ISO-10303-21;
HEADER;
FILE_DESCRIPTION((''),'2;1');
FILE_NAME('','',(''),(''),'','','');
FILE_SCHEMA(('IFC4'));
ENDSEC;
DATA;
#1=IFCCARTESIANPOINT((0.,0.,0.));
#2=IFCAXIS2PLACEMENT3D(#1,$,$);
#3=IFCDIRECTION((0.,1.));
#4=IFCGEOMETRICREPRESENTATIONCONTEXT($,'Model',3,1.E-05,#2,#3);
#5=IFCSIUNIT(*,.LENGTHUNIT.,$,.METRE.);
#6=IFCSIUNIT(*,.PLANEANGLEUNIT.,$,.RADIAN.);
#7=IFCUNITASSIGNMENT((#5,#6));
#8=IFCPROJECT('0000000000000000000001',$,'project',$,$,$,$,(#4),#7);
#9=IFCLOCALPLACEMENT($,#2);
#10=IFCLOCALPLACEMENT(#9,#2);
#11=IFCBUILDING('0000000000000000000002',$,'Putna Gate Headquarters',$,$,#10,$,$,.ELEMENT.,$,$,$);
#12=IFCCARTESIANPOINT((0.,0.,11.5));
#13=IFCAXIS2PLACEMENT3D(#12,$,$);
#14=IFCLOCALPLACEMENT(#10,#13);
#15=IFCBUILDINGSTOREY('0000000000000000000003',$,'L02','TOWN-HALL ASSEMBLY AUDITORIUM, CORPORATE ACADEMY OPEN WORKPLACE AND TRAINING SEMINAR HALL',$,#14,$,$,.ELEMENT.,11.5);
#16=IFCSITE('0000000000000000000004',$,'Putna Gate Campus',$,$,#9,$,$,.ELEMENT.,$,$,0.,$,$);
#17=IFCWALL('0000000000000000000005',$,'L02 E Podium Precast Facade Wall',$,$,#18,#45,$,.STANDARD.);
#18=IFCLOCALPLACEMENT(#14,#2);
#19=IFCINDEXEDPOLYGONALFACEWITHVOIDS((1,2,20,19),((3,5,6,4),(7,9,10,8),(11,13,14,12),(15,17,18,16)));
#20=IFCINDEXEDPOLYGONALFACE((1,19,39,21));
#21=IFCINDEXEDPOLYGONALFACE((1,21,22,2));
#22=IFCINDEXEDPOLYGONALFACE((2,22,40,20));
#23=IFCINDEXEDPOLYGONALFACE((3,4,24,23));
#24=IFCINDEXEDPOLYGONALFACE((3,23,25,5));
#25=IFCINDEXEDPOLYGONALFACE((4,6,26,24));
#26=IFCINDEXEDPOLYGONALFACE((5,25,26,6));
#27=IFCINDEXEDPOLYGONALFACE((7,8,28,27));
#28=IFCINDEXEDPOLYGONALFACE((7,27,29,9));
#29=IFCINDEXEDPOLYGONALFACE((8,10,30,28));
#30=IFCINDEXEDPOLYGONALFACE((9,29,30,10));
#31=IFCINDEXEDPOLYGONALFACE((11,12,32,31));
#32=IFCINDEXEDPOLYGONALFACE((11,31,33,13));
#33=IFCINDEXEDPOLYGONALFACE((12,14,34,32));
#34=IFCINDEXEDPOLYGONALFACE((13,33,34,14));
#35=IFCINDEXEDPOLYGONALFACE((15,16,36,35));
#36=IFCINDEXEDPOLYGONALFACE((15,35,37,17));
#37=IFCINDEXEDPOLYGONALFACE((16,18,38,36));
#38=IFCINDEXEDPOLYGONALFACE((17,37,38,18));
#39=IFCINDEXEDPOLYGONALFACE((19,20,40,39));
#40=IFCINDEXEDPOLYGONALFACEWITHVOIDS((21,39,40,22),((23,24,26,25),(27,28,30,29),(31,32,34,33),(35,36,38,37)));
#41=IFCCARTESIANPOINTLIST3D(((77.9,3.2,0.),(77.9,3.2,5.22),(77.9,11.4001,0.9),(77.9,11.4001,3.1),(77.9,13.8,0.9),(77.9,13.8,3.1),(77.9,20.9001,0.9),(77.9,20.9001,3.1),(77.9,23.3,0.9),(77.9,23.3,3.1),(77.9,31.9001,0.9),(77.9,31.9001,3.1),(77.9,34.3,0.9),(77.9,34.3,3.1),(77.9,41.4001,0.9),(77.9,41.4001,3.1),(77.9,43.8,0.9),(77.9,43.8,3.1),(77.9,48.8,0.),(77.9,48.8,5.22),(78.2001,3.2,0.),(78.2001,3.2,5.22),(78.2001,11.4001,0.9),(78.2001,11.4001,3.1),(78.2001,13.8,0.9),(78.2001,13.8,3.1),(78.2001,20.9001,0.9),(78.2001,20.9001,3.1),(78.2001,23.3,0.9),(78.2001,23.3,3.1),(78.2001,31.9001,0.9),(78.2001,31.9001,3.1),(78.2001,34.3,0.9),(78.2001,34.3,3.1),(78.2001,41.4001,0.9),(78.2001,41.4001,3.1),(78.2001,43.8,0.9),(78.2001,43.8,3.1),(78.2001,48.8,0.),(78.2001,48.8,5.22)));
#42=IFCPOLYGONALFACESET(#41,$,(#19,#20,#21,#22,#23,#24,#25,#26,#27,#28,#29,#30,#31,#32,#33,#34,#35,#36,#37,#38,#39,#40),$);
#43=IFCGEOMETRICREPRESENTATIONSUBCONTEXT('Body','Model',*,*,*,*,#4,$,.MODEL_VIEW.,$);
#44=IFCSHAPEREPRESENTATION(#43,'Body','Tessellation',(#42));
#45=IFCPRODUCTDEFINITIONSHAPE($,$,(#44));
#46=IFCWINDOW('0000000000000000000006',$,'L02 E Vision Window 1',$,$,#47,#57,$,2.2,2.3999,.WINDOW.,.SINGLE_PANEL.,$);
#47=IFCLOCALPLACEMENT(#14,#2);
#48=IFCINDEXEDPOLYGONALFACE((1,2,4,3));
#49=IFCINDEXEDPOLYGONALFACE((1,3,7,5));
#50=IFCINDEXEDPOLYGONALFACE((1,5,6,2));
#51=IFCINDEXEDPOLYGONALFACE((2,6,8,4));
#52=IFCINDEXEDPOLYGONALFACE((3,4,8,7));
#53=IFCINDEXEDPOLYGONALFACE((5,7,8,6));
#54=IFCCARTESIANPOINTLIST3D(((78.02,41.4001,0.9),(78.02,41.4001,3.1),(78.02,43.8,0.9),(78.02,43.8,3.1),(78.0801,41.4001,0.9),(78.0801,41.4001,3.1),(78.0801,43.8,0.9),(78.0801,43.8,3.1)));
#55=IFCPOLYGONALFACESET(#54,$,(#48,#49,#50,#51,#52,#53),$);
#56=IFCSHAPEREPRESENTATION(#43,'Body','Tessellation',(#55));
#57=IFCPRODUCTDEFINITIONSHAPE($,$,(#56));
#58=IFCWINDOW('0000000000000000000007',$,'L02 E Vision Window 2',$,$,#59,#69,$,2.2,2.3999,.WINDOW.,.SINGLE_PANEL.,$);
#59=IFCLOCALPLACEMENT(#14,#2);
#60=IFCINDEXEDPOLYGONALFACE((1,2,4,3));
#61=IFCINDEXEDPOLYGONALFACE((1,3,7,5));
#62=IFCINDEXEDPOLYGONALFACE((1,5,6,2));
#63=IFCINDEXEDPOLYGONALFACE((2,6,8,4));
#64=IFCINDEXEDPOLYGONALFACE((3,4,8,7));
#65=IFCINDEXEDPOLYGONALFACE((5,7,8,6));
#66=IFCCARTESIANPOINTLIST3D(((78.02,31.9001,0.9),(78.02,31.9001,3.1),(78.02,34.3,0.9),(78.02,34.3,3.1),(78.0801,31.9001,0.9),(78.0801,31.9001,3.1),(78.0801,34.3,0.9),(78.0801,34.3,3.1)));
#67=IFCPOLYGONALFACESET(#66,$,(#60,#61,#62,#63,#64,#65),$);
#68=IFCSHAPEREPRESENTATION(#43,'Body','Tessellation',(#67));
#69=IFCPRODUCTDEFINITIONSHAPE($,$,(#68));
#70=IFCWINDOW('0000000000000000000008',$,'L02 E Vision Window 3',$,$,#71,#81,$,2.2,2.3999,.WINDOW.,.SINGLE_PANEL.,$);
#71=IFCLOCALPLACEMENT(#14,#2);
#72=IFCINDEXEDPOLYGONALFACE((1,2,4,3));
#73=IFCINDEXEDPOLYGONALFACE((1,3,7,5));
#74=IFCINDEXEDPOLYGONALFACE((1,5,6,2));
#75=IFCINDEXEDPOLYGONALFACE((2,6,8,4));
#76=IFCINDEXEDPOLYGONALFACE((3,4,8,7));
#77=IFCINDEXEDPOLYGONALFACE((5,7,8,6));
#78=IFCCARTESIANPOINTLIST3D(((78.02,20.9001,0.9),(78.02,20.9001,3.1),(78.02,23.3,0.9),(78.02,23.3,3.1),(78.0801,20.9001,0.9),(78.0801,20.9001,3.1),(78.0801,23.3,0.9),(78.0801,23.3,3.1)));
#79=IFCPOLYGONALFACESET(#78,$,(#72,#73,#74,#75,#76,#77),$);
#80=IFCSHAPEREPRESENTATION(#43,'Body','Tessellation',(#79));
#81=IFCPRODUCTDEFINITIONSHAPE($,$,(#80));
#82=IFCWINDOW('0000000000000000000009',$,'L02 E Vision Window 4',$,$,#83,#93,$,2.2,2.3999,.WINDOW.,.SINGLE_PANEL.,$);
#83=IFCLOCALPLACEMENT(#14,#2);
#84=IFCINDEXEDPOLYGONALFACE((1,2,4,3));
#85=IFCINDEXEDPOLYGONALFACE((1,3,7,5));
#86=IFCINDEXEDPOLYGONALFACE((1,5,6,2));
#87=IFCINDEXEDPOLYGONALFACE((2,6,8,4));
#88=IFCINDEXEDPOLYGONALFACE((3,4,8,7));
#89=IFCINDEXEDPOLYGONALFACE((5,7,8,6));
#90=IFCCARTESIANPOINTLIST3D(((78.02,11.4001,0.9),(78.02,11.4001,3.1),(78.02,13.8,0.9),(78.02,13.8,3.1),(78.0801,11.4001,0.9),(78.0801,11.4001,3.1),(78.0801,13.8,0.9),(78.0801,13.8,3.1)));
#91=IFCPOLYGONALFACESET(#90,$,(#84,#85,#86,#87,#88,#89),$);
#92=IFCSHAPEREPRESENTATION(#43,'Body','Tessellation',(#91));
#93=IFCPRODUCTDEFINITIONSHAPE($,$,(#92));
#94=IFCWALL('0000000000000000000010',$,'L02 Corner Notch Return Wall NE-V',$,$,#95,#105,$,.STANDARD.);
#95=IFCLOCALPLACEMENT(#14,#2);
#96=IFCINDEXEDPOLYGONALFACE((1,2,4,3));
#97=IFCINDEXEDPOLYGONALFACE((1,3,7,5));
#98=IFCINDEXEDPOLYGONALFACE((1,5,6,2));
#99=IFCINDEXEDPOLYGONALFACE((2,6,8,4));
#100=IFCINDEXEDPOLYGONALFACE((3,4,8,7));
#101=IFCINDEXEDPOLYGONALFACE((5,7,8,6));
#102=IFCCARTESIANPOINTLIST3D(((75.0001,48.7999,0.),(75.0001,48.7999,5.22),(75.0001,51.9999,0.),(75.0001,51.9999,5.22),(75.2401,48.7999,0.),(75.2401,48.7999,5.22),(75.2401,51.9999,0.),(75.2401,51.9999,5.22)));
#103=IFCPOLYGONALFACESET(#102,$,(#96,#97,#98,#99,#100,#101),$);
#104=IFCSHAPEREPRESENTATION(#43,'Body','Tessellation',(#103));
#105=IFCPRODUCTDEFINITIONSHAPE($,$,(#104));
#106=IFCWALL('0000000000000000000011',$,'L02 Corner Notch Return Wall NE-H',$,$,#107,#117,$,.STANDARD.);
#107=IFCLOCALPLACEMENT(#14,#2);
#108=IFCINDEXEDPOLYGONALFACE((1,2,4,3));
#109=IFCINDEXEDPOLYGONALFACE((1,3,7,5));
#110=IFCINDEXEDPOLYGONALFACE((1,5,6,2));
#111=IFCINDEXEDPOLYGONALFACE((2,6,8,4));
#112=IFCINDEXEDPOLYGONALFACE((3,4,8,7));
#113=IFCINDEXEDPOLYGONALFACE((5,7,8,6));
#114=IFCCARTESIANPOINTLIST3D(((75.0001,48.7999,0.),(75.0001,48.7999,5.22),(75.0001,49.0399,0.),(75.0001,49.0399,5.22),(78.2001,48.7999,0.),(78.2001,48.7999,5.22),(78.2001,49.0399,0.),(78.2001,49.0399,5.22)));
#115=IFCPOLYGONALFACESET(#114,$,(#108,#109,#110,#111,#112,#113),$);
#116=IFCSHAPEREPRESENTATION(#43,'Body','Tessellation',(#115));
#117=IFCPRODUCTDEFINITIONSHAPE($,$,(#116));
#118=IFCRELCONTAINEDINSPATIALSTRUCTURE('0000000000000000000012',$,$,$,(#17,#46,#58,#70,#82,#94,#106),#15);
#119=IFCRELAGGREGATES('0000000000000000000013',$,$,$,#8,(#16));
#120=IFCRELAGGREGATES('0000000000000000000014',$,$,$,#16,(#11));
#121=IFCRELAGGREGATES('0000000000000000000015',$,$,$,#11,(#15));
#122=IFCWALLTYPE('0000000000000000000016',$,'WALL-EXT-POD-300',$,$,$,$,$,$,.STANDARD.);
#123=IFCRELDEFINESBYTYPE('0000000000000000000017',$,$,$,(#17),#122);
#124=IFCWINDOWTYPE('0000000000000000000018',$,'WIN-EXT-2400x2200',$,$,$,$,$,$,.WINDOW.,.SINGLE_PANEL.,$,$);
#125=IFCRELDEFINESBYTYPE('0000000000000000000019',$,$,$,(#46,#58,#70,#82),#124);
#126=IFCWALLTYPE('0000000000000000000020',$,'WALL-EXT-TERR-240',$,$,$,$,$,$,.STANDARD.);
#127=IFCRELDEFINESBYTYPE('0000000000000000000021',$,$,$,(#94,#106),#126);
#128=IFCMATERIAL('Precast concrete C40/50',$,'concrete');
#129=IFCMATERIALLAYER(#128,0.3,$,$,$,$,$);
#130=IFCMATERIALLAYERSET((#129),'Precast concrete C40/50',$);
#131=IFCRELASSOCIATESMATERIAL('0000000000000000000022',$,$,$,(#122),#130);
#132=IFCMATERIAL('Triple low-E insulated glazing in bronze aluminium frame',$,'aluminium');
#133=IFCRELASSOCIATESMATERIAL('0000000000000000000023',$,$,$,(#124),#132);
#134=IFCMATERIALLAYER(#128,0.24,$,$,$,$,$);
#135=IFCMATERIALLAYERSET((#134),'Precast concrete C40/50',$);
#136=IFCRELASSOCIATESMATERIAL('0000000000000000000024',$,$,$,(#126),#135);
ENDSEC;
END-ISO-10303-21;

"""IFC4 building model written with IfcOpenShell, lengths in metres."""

from ifc_helpers import new_model, si_unit, direction, frame, frame_2d, origin, place, context, subcontext, project, spatial, rectangle, extrude, material, layer, layer_set, type_object, element, fill, save


model = new_model("IFC4")

# Units and contexts
model_context = context("Model", 3, precision=1e-05, world=origin(), true_north=direction((0.0, 1.0)))
body_context = subcontext(model_context, "Body", "Model", "MODEL_VIEW")
ifc_project = project(units=[si_unit("LENGTHUNIT", "METRE"), si_unit("PLANEANGLEUNIT", "RADIAN")], contexts=[model_context])

# Site, building, storey
site_placement = place(None, origin())
site = spatial("IfcSite", under=ifc_project, at=site_placement, Name="Putna Gate Campus", CompositionType="ELEMENT", RefElevation=0.0)
building_placement = place(site_placement, origin())
building = spatial("IfcBuilding", under=site, at=building_placement, Name="Putna Gate Headquarters", CompositionType="ELEMENT")
storey_placement = place(building_placement, frame((0.0, 0.0, 11.5)))
storey = spatial("IfcBuildingStorey", under=building, at=storey_placement, Name="L02", Description="TOWN-HALL ASSEMBLY AUDITORIUM, CORPORATE ACADEMY OPEN WORKPLACE AND TRAINING SEMINAR HALL", CompositionType="ELEMENT", Elevation=11.5)

# Wall, openings, windows
ifc_material_1 = material(Name="Precast concrete C40/50", Category="concrete")
ifc_layer_1 = layer(ifc_material_1, 0.3)
ifc_layer_set_1 = layer_set([ifc_layer_1], Name="Precast concrete C40/50")
wall_type_1 = type_object("IfcWallType", Name="WALL-EXT-POD-300", PredefinedType="STANDARD", material=ifc_layer_set_1)
wall_placement = place(storey_placement, frame((78.05, 48.8, 0.0), z_axis=(0.0, 0.0, 1.0), x_axis=(0.0, -1.0, 0.0)))
wall = element("IfcWall", 1, at=wall_placement, inside=storey, type_object=wall_type_1, Name="L02 E Podium Precast Facade Wall", PredefinedType="STANDARD", context=body_context, shape_type="SweptSolid", body=[
    extrude(rectangle(XDim=45.6001, YDim=0.3, at=frame_2d((22.8, 0.0))), origin(), (0.0, 0.0, 1.0), 5.22),
])
opening_1_placement = place(wall_placement, frame((5.0, 0.0, 0.8999)))
opening_1 = element("IfcOpeningElement", 2, at=opening_1_placement, cuts=wall, PredefinedType="OPENING", context=body_context, shape_type="SweptSolid", body=[
    extrude(rectangle(XDim=2.3999, YDim=2.2, at=frame_2d((1.2, 1.1001))), frame((0.0, 0.1599, 0.0), z_axis=(0.0, -1.0, 0.0), x_axis=(1.0, 0.0, 0.0)), (0.0, 0.0, 1.0), 0.3201),
])
opening_2_placement = place(wall_placement, frame((14.5, 0.0, 0.8999)))
opening_2 = element("IfcOpeningElement", 3, at=opening_2_placement, cuts=wall, PredefinedType="OPENING", context=body_context, shape_type="SweptSolid", body=[
    extrude(rectangle(XDim=2.3999, YDim=2.2, at=frame_2d((1.2, 1.1001))), frame((0.0, 0.1599, 0.0), z_axis=(0.0, -1.0, 0.0), x_axis=(1.0, 0.0, 0.0)), (0.0, 0.0, 1.0), 0.3201),
])
opening_3_placement = place(wall_placement, frame((25.5, 0.0, 0.8999)))
opening_3 = element("IfcOpeningElement", 4, at=opening_3_placement, cuts=wall, PredefinedType="OPENING", context=body_context, shape_type="SweptSolid", body=[
    extrude(rectangle(XDim=2.3999, YDim=2.2, at=frame_2d((1.2, 1.1001))), frame((0.0, 0.1599, 0.0), z_axis=(0.0, -1.0, 0.0), x_axis=(1.0, 0.0, 0.0)), (0.0, 0.0, 1.0), 0.3201),
])
opening_4_placement = place(wall_placement, frame((35.0, 0.0, 0.8999)))
opening_4 = element("IfcOpeningElement", 5, at=opening_4_placement, cuts=wall, PredefinedType="OPENING", context=body_context, shape_type="SweptSolid", body=[
    extrude(rectangle(XDim=2.3999, YDim=2.2, at=frame_2d((1.2, 1.1001))), frame((0.0, 0.1599, 0.0), z_axis=(0.0, -1.0, 0.0), x_axis=(1.0, 0.0, 0.0)), (0.0, 0.0, 1.0), 0.3201),
])
ifc_material_2 = material(Name="Triple low-E insulated glazing in bronze aluminium frame", Category="aluminium")
window_type = type_object("IfcWindowType", Name="WIN-EXT-2400x2200", PartitioningType="SINGLE_PANEL", PredefinedType="WINDOW", material=ifc_material_2)
window_1_placement = place(opening_1_placement, origin())
window_1 = element("IfcWindow", 6, at=window_1_placement, inside=storey, type_object=window_type, Name="L02 E Vision Window 1", OverallHeight=2.2, OverallWidth=2.3999, PartitioningType="SINGLE_PANEL", PredefinedType="WINDOW", context=body_context, shape_type="SweptSolid", body=[
    extrude(rectangle(XDim=2.3999, YDim=2.2, at=frame_2d((1.2, 1.1001))), frame((0.0, 0.03, 0.0), z_axis=(0.0, -1.0, 0.0), x_axis=(1.0, 0.0, 0.0)), (0.0, 0.0, 1.0), 0.0601),
])
fill(opening_1, window_1)
window_2_placement = place(opening_2_placement, origin())
window_2 = element("IfcWindow", 7, at=window_2_placement, inside=storey, type_object=window_type, Name="L02 E Vision Window 2", OverallHeight=2.2, OverallWidth=2.3999, PartitioningType="SINGLE_PANEL", PredefinedType="WINDOW", context=body_context, shape_type="SweptSolid", body=[
    extrude(rectangle(XDim=2.3999, YDim=2.2, at=frame_2d((1.2, 1.1001))), frame((0.0, 0.03, 0.0), z_axis=(0.0, -1.0, 0.0), x_axis=(1.0, 0.0, 0.0)), (0.0, 0.0, 1.0), 0.0601),
])
fill(opening_2, window_2)
window_3_placement = place(opening_3_placement, origin())
window_3 = element("IfcWindow", 8, at=window_3_placement, inside=storey, type_object=window_type, Name="L02 E Vision Window 3", OverallHeight=2.2, OverallWidth=2.3999, PartitioningType="SINGLE_PANEL", PredefinedType="WINDOW", context=body_context, shape_type="SweptSolid", body=[
    extrude(rectangle(XDim=2.3999, YDim=2.2, at=frame_2d((1.2, 1.1001))), frame((0.0, 0.03, 0.0), z_axis=(0.0, -1.0, 0.0), x_axis=(1.0, 0.0, 0.0)), (0.0, 0.0, 1.0), 0.0601),
])
fill(opening_3, window_3)
window_4_placement = place(opening_4_placement, origin())
window_4 = element("IfcWindow", 9, at=window_4_placement, inside=storey, type_object=window_type, Name="L02 E Vision Window 4", OverallHeight=2.2, OverallWidth=2.3999, PartitioningType="SINGLE_PANEL", PredefinedType="WINDOW", context=body_context, shape_type="SweptSolid", body=[
    extrude(rectangle(XDim=2.3999, YDim=2.2, at=frame_2d((1.2, 1.1001))), frame((0.0, 0.03, 0.0), z_axis=(0.0, -1.0, 0.0), x_axis=(1.0, 0.0, 0.0)), (0.0, 0.0, 1.0), 0.0601),
])
fill(opening_4, window_4)

# Walls
ifc_layer_2 = layer(ifc_material_1, 0.24)
ifc_layer_set_2 = layer_set([ifc_layer_2], Name="Precast concrete C40/50")
wall_type_2 = type_object("IfcWallType", Name="WALL-EXT-TERR-240", PredefinedType="STANDARD", material=ifc_layer_set_2)
for number, where, z_axis, x_axis, name in (
    (10, (75.1201, 52.0, 0.0), (0.0, 0.0, 1.0), (0.0, -1.0, 0.0), "L02 Corner Notch Return Wall NE-V"),
    (11, (75.0, 48.9199, 0.0), (0.0, 0.0, 1.0), (1.0, 0.0, 0.0), "L02 Corner Notch Return Wall NE-H"),
):
    element("IfcWall", number, at=place(storey_placement, frame(where, z_axis=z_axis, x_axis=x_axis)), inside=storey, type_object=wall_type_2, Name=name, PredefinedType="STANDARD", context=body_context, shape_type="SweptSolid", body=[
        extrude(rectangle(XDim=3.2, YDim=0.24, at=frame_2d((1.6001, 0.0))), origin(), (0.0, 0.0, 1.0), 5.22),
    ])

save(model, "model.ifc")
